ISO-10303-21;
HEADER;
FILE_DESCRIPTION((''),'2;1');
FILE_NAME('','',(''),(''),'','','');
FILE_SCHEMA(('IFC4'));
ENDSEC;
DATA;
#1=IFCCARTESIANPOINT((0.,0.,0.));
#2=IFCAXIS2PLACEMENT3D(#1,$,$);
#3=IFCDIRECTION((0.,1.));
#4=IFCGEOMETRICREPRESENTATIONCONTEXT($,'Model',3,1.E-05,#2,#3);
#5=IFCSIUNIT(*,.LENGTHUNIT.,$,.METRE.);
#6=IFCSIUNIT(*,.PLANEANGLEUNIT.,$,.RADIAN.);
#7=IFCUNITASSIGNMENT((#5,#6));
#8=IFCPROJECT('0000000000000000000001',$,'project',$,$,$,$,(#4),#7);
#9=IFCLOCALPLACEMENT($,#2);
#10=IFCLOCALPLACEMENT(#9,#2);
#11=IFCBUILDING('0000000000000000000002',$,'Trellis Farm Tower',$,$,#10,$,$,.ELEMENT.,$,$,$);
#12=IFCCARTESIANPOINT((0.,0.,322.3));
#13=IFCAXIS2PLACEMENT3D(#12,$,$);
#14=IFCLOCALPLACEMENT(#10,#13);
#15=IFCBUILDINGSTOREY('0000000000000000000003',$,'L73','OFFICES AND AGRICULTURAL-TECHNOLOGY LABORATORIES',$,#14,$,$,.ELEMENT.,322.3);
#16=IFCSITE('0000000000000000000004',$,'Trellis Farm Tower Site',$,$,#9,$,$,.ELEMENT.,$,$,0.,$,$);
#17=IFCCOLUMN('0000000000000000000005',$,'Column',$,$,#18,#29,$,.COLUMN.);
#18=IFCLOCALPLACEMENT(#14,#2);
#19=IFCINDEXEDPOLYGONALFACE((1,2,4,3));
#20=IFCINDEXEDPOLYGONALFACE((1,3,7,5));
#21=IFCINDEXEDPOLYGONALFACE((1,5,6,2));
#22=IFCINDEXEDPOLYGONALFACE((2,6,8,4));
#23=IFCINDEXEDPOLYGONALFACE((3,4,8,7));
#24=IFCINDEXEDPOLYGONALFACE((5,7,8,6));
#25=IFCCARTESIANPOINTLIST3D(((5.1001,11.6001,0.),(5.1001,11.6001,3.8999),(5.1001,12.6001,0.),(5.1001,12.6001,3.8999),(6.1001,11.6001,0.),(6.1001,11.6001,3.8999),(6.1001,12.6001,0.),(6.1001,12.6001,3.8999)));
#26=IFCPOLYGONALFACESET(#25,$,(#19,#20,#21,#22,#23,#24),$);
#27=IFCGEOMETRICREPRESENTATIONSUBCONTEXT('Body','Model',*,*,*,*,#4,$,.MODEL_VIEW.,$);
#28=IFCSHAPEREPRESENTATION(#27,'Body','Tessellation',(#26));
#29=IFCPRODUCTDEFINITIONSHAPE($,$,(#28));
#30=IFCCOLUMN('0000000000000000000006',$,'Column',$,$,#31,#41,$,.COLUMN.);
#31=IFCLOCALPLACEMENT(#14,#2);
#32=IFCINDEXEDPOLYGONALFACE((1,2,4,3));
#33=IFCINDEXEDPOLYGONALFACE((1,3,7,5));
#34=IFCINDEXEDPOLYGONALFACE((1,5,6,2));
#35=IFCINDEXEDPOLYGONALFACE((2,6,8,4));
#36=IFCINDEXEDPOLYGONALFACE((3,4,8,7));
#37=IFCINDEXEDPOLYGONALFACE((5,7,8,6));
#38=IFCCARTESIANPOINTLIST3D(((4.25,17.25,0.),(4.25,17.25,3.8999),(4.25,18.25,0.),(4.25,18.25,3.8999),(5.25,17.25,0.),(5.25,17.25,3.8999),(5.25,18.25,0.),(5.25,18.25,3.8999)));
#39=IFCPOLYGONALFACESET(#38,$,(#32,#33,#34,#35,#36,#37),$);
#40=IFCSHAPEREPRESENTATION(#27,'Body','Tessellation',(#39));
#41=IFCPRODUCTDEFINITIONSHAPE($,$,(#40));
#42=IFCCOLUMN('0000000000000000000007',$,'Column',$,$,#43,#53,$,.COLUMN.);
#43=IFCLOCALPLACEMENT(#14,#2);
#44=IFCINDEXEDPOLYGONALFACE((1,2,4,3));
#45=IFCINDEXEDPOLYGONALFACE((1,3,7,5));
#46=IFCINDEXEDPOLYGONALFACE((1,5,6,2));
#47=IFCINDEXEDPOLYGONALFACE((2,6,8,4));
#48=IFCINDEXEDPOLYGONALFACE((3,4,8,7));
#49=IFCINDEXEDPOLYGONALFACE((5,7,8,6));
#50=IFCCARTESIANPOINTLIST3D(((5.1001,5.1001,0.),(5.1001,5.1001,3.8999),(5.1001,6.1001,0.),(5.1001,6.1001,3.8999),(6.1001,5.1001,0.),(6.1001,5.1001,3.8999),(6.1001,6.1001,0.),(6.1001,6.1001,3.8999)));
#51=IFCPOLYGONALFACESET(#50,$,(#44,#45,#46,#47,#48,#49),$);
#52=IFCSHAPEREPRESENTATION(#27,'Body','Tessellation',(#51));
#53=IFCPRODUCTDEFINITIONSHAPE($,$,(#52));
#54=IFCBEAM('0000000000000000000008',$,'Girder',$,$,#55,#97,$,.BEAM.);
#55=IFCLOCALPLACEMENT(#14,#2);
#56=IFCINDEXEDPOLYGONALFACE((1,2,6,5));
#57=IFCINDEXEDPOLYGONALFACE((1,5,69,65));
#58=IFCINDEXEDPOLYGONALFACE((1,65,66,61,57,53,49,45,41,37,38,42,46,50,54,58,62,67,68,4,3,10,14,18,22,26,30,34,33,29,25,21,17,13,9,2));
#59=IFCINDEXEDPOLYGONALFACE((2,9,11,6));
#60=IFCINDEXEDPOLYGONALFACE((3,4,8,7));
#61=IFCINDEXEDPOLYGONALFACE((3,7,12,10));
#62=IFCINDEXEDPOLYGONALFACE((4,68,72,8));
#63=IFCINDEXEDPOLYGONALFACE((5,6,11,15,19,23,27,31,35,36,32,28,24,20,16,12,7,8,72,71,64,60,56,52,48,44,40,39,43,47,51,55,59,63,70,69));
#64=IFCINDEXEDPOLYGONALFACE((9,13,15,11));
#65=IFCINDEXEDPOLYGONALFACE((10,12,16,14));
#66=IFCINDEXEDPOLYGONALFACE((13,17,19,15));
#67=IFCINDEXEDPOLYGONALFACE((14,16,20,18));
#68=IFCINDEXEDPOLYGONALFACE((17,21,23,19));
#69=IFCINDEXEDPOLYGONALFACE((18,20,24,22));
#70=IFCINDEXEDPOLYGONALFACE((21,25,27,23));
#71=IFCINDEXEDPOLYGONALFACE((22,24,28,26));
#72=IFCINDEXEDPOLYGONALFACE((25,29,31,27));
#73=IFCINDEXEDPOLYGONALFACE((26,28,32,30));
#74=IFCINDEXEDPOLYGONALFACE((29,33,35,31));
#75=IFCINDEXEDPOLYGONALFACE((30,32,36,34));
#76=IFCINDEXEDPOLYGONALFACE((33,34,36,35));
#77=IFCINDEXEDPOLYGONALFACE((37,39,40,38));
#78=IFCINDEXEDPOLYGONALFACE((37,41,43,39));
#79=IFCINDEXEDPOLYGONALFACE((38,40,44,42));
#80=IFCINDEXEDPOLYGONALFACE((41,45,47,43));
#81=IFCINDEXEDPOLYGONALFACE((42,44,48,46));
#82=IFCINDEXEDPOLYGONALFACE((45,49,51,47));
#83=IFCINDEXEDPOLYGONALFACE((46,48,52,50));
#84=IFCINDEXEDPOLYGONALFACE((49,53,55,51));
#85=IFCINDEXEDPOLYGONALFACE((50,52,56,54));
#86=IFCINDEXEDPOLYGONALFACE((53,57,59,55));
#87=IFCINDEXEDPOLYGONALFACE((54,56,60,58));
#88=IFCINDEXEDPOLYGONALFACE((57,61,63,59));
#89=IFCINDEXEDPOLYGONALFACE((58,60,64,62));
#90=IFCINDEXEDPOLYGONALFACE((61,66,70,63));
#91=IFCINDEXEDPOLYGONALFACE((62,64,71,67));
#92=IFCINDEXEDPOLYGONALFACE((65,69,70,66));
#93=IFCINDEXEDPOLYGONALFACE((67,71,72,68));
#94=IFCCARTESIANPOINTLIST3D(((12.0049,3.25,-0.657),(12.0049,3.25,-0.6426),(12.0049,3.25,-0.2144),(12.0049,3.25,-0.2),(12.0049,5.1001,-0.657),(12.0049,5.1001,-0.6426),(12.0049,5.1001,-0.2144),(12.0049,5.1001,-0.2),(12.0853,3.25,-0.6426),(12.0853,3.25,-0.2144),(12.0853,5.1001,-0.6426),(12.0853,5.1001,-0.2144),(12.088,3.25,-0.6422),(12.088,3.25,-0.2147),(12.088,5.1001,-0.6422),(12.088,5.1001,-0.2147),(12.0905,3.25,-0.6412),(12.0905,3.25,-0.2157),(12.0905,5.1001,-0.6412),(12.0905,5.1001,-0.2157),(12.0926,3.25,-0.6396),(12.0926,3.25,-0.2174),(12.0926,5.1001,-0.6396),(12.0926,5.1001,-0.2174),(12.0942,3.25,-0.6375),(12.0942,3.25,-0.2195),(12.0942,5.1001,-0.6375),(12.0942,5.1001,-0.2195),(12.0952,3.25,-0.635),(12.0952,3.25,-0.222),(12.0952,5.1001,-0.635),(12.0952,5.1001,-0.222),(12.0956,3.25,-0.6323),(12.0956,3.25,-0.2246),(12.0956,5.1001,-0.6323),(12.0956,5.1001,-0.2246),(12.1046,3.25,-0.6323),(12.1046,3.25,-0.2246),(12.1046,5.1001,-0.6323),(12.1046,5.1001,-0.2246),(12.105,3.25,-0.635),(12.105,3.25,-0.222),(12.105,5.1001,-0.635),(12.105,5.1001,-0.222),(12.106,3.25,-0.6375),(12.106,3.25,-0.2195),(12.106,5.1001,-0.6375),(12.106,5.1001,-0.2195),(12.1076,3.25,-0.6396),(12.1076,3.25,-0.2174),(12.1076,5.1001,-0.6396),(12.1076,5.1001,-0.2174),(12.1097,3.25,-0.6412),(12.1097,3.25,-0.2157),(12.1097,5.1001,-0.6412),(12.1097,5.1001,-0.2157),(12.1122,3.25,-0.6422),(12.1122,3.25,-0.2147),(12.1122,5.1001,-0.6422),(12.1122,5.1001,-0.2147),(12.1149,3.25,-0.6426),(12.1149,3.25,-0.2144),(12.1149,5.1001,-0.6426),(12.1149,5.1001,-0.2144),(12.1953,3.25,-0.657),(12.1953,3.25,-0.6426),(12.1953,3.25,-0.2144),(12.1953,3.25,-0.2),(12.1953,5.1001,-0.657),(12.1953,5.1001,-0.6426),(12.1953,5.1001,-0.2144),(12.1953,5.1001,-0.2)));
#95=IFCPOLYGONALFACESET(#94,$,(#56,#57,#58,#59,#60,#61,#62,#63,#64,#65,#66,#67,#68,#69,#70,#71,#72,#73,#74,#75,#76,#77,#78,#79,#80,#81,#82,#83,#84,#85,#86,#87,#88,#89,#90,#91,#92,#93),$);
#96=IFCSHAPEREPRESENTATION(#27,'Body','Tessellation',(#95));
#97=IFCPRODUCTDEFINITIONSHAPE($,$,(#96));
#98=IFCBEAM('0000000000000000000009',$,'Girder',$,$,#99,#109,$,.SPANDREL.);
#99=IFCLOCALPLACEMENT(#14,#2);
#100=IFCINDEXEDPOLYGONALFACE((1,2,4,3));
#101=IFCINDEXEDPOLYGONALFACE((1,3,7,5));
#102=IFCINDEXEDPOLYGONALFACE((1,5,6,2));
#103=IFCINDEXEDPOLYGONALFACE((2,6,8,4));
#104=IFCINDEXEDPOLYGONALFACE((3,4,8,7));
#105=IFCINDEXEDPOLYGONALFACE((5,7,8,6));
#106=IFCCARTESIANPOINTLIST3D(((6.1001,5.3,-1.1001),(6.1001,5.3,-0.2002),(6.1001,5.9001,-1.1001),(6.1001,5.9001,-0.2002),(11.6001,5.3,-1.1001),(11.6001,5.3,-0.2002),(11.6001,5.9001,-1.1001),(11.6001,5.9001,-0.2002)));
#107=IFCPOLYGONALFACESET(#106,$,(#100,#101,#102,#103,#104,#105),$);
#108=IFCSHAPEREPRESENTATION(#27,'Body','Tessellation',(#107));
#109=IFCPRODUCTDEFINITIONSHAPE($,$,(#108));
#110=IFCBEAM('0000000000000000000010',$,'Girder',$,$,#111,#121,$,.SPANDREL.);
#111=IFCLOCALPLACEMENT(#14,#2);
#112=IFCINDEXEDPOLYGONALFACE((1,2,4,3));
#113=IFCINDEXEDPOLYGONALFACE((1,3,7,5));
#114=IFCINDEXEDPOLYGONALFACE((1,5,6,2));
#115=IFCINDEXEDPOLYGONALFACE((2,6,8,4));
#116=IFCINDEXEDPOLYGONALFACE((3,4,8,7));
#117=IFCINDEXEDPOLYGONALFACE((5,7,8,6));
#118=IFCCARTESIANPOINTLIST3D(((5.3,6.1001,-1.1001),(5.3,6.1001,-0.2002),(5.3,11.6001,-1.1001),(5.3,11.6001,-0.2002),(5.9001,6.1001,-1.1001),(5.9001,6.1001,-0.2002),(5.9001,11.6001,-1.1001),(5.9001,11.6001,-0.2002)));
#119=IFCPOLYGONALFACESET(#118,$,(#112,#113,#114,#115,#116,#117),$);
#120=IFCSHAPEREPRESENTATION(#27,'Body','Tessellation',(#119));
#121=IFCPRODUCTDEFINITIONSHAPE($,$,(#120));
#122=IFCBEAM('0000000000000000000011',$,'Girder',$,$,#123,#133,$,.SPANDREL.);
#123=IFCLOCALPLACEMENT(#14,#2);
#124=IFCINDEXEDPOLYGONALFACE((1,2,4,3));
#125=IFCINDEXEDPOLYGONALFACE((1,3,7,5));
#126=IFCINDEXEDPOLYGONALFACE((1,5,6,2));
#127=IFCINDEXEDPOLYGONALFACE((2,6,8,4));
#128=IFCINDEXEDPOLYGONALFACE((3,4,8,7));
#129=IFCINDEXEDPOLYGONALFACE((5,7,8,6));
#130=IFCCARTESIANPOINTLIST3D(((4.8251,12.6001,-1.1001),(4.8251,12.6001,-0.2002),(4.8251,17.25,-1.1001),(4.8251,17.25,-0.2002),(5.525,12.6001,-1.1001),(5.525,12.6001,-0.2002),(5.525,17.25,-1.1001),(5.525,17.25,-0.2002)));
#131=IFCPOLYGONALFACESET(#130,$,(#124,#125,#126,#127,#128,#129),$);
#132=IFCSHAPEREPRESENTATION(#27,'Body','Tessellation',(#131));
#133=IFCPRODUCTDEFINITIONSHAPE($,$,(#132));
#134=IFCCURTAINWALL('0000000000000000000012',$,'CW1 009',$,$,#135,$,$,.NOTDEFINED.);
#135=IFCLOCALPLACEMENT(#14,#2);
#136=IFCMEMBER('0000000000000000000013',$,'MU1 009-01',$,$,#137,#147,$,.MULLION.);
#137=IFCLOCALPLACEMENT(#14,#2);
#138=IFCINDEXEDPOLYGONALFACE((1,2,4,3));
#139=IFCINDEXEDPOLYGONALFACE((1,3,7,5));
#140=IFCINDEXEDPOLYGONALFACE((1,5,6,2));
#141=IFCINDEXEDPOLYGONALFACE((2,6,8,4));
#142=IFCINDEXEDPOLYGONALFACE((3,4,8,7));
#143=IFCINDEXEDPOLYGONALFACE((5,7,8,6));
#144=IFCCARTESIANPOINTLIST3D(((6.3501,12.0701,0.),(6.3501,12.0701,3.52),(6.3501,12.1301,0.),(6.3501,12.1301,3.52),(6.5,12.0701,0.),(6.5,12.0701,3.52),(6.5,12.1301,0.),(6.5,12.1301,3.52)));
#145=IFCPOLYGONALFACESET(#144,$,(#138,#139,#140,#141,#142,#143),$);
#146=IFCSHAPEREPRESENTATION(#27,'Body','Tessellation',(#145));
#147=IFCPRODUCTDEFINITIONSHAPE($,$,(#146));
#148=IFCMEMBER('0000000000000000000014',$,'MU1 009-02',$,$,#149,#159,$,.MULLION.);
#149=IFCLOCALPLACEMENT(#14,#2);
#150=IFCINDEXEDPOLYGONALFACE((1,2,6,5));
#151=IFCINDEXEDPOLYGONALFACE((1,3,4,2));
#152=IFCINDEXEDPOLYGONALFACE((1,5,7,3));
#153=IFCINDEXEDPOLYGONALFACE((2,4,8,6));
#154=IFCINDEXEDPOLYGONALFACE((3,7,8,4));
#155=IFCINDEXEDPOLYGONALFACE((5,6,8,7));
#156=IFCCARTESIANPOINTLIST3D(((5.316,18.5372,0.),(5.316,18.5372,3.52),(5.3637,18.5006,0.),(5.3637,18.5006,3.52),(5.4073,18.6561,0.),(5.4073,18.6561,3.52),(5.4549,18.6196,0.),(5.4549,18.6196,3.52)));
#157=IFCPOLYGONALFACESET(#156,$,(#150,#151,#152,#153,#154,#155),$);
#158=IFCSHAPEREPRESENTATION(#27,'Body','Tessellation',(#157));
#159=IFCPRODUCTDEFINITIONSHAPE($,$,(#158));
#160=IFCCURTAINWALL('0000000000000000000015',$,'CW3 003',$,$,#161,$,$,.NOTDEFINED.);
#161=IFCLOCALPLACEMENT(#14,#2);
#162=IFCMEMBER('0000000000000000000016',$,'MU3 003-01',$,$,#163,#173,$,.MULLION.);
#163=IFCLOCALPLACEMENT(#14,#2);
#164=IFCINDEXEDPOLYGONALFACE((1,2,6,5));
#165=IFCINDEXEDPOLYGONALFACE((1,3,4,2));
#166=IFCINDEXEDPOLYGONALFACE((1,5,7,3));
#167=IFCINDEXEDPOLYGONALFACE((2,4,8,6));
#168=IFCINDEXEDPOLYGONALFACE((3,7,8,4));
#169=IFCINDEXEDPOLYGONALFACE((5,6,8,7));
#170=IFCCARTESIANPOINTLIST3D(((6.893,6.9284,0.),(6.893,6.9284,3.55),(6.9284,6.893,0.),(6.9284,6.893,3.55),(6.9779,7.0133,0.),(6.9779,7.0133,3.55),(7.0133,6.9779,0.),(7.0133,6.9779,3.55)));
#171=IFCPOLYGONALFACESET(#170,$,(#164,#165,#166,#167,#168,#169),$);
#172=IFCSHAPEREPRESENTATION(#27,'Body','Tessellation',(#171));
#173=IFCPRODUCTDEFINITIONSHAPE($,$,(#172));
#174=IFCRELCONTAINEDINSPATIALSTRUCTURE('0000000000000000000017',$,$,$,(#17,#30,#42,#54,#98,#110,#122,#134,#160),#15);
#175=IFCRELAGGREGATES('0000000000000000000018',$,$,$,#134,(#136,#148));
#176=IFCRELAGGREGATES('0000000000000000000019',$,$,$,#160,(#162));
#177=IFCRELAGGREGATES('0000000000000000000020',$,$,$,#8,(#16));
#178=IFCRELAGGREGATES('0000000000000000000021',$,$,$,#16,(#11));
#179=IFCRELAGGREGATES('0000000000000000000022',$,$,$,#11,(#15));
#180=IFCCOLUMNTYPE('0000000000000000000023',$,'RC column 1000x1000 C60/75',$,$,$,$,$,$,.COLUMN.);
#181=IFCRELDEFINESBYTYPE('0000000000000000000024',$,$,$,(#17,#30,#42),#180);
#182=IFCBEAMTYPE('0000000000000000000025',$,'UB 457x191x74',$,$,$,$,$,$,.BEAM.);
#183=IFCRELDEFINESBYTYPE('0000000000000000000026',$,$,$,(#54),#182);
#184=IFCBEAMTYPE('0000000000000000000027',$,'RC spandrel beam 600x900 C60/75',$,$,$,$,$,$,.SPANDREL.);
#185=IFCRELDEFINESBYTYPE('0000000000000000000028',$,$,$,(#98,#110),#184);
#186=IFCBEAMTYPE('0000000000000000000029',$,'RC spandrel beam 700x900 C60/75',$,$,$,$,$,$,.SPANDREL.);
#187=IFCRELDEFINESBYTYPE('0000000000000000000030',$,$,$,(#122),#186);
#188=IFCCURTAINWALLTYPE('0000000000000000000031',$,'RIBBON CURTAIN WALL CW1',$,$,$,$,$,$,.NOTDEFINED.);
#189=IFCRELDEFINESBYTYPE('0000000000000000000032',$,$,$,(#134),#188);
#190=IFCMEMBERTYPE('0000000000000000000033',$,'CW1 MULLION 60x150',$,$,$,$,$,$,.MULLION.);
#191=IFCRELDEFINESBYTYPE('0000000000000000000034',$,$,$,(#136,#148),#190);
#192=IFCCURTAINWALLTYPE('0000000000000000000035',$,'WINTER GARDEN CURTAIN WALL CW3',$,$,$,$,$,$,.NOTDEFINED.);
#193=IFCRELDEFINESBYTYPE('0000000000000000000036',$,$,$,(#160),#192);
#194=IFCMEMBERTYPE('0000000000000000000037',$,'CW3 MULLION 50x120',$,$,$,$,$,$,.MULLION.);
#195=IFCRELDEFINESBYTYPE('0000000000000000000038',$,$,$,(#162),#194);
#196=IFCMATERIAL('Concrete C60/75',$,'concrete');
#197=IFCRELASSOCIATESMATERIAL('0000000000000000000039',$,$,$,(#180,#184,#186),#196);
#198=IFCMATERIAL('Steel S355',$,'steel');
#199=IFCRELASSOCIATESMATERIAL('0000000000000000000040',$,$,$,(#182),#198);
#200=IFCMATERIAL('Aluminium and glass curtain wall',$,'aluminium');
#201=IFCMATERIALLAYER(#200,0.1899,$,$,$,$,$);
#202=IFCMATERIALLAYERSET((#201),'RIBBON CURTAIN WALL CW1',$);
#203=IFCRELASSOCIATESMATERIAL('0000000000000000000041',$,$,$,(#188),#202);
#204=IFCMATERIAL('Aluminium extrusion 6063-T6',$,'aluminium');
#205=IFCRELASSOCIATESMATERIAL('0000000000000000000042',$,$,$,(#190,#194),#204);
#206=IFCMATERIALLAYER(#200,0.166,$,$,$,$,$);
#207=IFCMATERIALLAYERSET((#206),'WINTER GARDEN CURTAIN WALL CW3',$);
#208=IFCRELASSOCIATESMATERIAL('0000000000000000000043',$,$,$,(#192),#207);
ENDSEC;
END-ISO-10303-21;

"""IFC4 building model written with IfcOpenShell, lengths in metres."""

from ifc_helpers import new_model, si_unit, direction, frame, origin, origin_2d, place, context, subcontext, project, spatial, rectangle, i_section, extrude, source, transform, mapped, material, layer, layer_set, material_profile, profile_set, type_object, element, aggregate, save


model = new_model("IFC4")

# Units and contexts
model_context = context("Model", 3, precision=1e-05, world=origin(), true_north=direction((0.0, 1.0)))
body_context = subcontext(model_context, "Body", "Model", "MODEL_VIEW")
ifc_project = project(units=[si_unit("LENGTHUNIT", "METRE"), si_unit("PLANEANGLEUNIT", "RADIAN")], contexts=[model_context])

# Site, building, storey
site_placement = place(None, origin())
site = spatial("IfcSite", under=ifc_project, at=site_placement, Name="Trellis Farm Tower Site", CompositionType="ELEMENT", RefElevation=0.0)
building_placement = place(site_placement, origin())
building = spatial("IfcBuilding", under=site, at=building_placement, Name="Trellis Farm Tower", CompositionType="ELEMENT")
storey_placement = place(building_placement, frame((0.0, 0.0, 322.3)))
storey = spatial("IfcBuildingStorey", under=building, at=storey_placement, Name="L73", Description="OFFICES AND AGRICULTURAL-TECHNOLOGY LABORATORIES", CompositionType="ELEMENT", Elevation=322.3)

# Columns
ifc_material_1 = material(Name="Concrete C60/75", Category="concrete")
ifc_material_profile_1 = material_profile(ifc_material_1, rectangle(XDim=1.0, YDim=1.0, at=origin_2d()), Name="RC column 1000x1000 C60/75")
ifc_profile_set_1 = profile_set([ifc_material_profile_1], Name="Concrete C60/75")
column_type = type_object("IfcColumnType", Name="RC column 1000x1000 C60/75", PredefinedType="COLUMN", material=ifc_profile_set_1)
shared_shape_1 = source(origin(), body_context, "Body", "SweptSolid", [
    extrude(rectangle(XDim=1.0, YDim=1.0, at=origin_2d()), origin(), (0.0, 0.0, 1.0), 3.8999),
])
for number, where, z_axis, x_axis, name in (
    (1, (5.6001, 12.1001, 0.0), (0.0, 0.0, 1.0), (1.0, 0.0, 0.0), "Column"),
    (2, (4.75, 17.75, 0.0), (0.0, 0.0, 1.0), (1.0, 0.0, 0.0), "Column"),
    (3, (5.6001, 5.6001, 0.0), (0.0, 0.0, 1.0), (1.0, 0.0, 0.0), "Column"),
):
    element("IfcColumn", number, at=place(storey_placement, frame(where, z_axis=z_axis, x_axis=x_axis)), inside=storey, type_object=column_type, Name=name, PredefinedType="COLUMN", context=body_context, shape_type="MappedRepresentation", body=[
        mapped(shared_shape_1, transform((0.0, 0.0, 0.0))),
    ])

# Beams
ifc_material_2 = material(Name="Steel S355", Category="steel")
ifc_material_profile_2 = material_profile(ifc_material_2, i_section(OverallWidth=0.1904, OverallDepth=0.457, WebThickness=0.009, FlangeThickness=0.0144, FilletRadius=0.0103, at=origin_2d()), Name="UB 457x191x74")
ifc_profile_set_2 = profile_set([ifc_material_profile_2], Name="Steel S355")
beam_type_1 = type_object("IfcBeamType", Name="UB 457x191x74", PredefinedType="BEAM", material=ifc_profile_set_2)
shared_shape_2 = source(origin(), body_context, "Body", "SweptSolid", [
    extrude(i_section(OverallWidth=0.1904, OverallDepth=0.457, WebThickness=0.009, FlangeThickness=0.0144, FilletRadius=0.0103, at=origin_2d()), origin(), (0.0, 0.0, 1.0), 1.8501),
])
beam_1_placement = place(storey_placement, frame((12.1001, 3.25, -0.4285), z_axis=(0.0, 1.0, 0.0), x_axis=(-1.0, 0.0, 0.0)))
element("IfcBeam", 4, at=beam_1_placement, inside=storey, type_object=beam_type_1, Name="Girder", PredefinedType="BEAM", context=body_context, shape_type="MappedRepresentation", body=[
    mapped(shared_shape_2, transform((0.0, 0.0, 0.0))),
])
ifc_material_profile_3 = material_profile(ifc_material_1, rectangle(XDim=0.6001, YDim=0.8999, at=origin_2d()), Name="RC spandrel beam 600x900 C60/75")
ifc_profile_set_3 = profile_set([ifc_material_profile_3], Name="Concrete C60/75")
beam_type_2 = type_object("IfcBeamType", Name="RC spandrel beam 600x900 C60/75", PredefinedType="SPANDREL", material=ifc_profile_set_3)
shared_shape_3 = source(origin(), body_context, "Body", "SweptSolid", [
    extrude(rectangle(XDim=0.6001, YDim=0.8999, at=origin_2d()), origin(), (0.0, 0.0, 1.0), 5.5),
])
for number, where, z_axis, x_axis, name in (
    (5, (6.1001, 5.6001, -0.6501), (1.0, 0.0, 0.0), (0.0, 1.0, 0.0), "Girder"),
    (6, (5.6001, 6.1001, -0.6501), (0.0, 1.0, 0.0), (-1.0, 0.0, 0.0), "Girder"),
):
    element("IfcBeam", number, at=place(storey_placement, frame(where, z_axis=z_axis, x_axis=x_axis)), inside=storey, type_object=beam_type_2, Name=name, PredefinedType="SPANDREL", context=body_context, shape_type="MappedRepresentation", body=[
        mapped(shared_shape_3, transform((0.0, 0.0, 0.0))),
    ])
ifc_material_profile_4 = material_profile(ifc_material_1, rectangle(XDim=0.7, YDim=0.8999, at=origin_2d()), Name="RC spandrel beam 700x900 C60/75")
ifc_profile_set_4 = profile_set([ifc_material_profile_4], Name="Concrete C60/75")
beam_type_3 = type_object("IfcBeamType", Name="RC spandrel beam 700x900 C60/75", PredefinedType="SPANDREL", material=ifc_profile_set_4)
shared_shape_4 = source(origin(), body_context, "Body", "SweptSolid", [
    extrude(rectangle(XDim=0.7, YDim=0.8999, at=origin_2d()), origin(), (0.0, 0.0, 1.0), 4.6499),
])
beam_2_placement = place(storey_placement, frame((5.175, 12.6001, -0.6501), z_axis=(0.0, 1.0, 0.0), x_axis=(-1.0, 0.0, 0.0)))
element("IfcBeam", 7, at=beam_2_placement, inside=storey, type_object=beam_type_3, Name="Girder", PredefinedType="SPANDREL", context=body_context, shape_type="MappedRepresentation", body=[
    mapped(shared_shape_4, transform((0.0, 0.0, 0.0))),
])

# Curtain wall, members
ifc_material_3 = material(Name="Aluminium and glass curtain wall", Category="aluminium")
ifc_layer_1 = layer(ifc_material_3, 0.1899)
ifc_layer_set_1 = layer_set([ifc_layer_1], Name="RIBBON CURTAIN WALL CW1")
curtain_wall_type_1 = type_object("IfcCurtainWallType", Name="RIBBON CURTAIN WALL CW1", PredefinedType="NOTDEFINED", material=ifc_layer_set_1)
placement = place(storey_placement, origin())
curtain_wall_1 = element("IfcCurtainWall", 8, at=placement, inside=storey, type_object=curtain_wall_type_1, Name="CW1 009", PredefinedType="NOTDEFINED")
ifc_material_4 = material(Name="Aluminium extrusion 6063-T6", Category="aluminium")
ifc_material_profile_5 = material_profile(ifc_material_4, rectangle(XDim=0.0601, YDim=0.1499, at=origin_2d()), Name="MULLION 60x150")
ifc_profile_set_5 = profile_set([ifc_material_profile_5], Name="Aluminium extrusion 6063-T6")
member_type_1 = type_object("IfcMemberType", Name="CW1 MULLION 60x150", PredefinedType="MULLION", material=ifc_profile_set_5)
shared_shape_5 = source(origin(), body_context, "Body", "SweptSolid", [
    extrude(rectangle(XDim=0.0601, YDim=0.1499, at=origin_2d()), origin(), (0.0, 0.0, 1.0), 3.52),
])
member_1_placement = place(storey_placement, frame((6.425, 12.1001, 0.0), z_axis=(0.0, 0.0, 1.0), x_axis=(0.0, 1.0, 0.0)))
member_1 = element("IfcMember", 9, at=member_1_placement, type_object=member_type_1, Name="MU1 009-01", PredefinedType="MULLION", context=body_context, shape_type="MappedRepresentation", body=[
    mapped(shared_shape_5, transform((0.0, 0.0, 0.0))),
])
member_2_placement = place(storey_placement, frame((5.3855, 18.5784, 0.0), z_axis=(0.0, 0.0, 1.0), x_axis=(-0.793353, 0.608761, 0.0)))
member_2 = element("IfcMember", 10, at=member_2_placement, type_object=member_type_1, Name="MU1 009-02", PredefinedType="MULLION", context=body_context, shape_type="MappedRepresentation", body=[
    mapped(shared_shape_5, transform((0.0, 0.0, 0.0))),
])
aggregate(curtain_wall_1, [member_1, member_2])

# Curtain wall, member
ifc_layer_2 = layer(ifc_material_3, 0.166)
ifc_layer_set_2 = layer_set([ifc_layer_2], Name="WINTER GARDEN CURTAIN WALL CW3")
curtain_wall_type_2 = type_object("IfcCurtainWallType", Name="WINTER GARDEN CURTAIN WALL CW3", PredefinedType="NOTDEFINED", material=ifc_layer_set_2)
curtain_wall_2 = element("IfcCurtainWall", 11, at=placement, inside=storey, type_object=curtain_wall_type_2, Name="CW3 003", PredefinedType="NOTDEFINED")
ifc_material_profile_6 = material_profile(ifc_material_4, rectangle(XDim=0.05, YDim=0.1201, at=origin_2d()), Name="MULLION 50x120")
ifc_profile_set_6 = profile_set([ifc_material_profile_6], Name="Aluminium extrusion 6063-T6")
member_type_2 = type_object("IfcMemberType", Name="CW3 MULLION 50x120", PredefinedType="MULLION", material=ifc_profile_set_6)
shared_shape_6 = source(origin(), body_context, "Body", "SweptSolid", [
    extrude(rectangle(XDim=0.05, YDim=0.1201, at=origin_2d()), origin(), (0.0, 0.0, 1.0), 3.55),
])
member_3_placement = place(storey_placement, frame((6.9531, 6.9531, 0.0), z_axis=(0.0, 0.0, 1.0), x_axis=(-0.707107, 0.707107, 0.0)))
member_3 = element("IfcMember", 12, at=member_3_placement, type_object=member_type_2, Name="MU3 003-01", PredefinedType="MULLION", context=body_context, shape_type="MappedRepresentation", body=[
    mapped(shared_shape_6, transform((0.0, 0.0, 0.0))),
])
aggregate(curtain_wall_2, [member_3])

save(model, "model.ifc")
